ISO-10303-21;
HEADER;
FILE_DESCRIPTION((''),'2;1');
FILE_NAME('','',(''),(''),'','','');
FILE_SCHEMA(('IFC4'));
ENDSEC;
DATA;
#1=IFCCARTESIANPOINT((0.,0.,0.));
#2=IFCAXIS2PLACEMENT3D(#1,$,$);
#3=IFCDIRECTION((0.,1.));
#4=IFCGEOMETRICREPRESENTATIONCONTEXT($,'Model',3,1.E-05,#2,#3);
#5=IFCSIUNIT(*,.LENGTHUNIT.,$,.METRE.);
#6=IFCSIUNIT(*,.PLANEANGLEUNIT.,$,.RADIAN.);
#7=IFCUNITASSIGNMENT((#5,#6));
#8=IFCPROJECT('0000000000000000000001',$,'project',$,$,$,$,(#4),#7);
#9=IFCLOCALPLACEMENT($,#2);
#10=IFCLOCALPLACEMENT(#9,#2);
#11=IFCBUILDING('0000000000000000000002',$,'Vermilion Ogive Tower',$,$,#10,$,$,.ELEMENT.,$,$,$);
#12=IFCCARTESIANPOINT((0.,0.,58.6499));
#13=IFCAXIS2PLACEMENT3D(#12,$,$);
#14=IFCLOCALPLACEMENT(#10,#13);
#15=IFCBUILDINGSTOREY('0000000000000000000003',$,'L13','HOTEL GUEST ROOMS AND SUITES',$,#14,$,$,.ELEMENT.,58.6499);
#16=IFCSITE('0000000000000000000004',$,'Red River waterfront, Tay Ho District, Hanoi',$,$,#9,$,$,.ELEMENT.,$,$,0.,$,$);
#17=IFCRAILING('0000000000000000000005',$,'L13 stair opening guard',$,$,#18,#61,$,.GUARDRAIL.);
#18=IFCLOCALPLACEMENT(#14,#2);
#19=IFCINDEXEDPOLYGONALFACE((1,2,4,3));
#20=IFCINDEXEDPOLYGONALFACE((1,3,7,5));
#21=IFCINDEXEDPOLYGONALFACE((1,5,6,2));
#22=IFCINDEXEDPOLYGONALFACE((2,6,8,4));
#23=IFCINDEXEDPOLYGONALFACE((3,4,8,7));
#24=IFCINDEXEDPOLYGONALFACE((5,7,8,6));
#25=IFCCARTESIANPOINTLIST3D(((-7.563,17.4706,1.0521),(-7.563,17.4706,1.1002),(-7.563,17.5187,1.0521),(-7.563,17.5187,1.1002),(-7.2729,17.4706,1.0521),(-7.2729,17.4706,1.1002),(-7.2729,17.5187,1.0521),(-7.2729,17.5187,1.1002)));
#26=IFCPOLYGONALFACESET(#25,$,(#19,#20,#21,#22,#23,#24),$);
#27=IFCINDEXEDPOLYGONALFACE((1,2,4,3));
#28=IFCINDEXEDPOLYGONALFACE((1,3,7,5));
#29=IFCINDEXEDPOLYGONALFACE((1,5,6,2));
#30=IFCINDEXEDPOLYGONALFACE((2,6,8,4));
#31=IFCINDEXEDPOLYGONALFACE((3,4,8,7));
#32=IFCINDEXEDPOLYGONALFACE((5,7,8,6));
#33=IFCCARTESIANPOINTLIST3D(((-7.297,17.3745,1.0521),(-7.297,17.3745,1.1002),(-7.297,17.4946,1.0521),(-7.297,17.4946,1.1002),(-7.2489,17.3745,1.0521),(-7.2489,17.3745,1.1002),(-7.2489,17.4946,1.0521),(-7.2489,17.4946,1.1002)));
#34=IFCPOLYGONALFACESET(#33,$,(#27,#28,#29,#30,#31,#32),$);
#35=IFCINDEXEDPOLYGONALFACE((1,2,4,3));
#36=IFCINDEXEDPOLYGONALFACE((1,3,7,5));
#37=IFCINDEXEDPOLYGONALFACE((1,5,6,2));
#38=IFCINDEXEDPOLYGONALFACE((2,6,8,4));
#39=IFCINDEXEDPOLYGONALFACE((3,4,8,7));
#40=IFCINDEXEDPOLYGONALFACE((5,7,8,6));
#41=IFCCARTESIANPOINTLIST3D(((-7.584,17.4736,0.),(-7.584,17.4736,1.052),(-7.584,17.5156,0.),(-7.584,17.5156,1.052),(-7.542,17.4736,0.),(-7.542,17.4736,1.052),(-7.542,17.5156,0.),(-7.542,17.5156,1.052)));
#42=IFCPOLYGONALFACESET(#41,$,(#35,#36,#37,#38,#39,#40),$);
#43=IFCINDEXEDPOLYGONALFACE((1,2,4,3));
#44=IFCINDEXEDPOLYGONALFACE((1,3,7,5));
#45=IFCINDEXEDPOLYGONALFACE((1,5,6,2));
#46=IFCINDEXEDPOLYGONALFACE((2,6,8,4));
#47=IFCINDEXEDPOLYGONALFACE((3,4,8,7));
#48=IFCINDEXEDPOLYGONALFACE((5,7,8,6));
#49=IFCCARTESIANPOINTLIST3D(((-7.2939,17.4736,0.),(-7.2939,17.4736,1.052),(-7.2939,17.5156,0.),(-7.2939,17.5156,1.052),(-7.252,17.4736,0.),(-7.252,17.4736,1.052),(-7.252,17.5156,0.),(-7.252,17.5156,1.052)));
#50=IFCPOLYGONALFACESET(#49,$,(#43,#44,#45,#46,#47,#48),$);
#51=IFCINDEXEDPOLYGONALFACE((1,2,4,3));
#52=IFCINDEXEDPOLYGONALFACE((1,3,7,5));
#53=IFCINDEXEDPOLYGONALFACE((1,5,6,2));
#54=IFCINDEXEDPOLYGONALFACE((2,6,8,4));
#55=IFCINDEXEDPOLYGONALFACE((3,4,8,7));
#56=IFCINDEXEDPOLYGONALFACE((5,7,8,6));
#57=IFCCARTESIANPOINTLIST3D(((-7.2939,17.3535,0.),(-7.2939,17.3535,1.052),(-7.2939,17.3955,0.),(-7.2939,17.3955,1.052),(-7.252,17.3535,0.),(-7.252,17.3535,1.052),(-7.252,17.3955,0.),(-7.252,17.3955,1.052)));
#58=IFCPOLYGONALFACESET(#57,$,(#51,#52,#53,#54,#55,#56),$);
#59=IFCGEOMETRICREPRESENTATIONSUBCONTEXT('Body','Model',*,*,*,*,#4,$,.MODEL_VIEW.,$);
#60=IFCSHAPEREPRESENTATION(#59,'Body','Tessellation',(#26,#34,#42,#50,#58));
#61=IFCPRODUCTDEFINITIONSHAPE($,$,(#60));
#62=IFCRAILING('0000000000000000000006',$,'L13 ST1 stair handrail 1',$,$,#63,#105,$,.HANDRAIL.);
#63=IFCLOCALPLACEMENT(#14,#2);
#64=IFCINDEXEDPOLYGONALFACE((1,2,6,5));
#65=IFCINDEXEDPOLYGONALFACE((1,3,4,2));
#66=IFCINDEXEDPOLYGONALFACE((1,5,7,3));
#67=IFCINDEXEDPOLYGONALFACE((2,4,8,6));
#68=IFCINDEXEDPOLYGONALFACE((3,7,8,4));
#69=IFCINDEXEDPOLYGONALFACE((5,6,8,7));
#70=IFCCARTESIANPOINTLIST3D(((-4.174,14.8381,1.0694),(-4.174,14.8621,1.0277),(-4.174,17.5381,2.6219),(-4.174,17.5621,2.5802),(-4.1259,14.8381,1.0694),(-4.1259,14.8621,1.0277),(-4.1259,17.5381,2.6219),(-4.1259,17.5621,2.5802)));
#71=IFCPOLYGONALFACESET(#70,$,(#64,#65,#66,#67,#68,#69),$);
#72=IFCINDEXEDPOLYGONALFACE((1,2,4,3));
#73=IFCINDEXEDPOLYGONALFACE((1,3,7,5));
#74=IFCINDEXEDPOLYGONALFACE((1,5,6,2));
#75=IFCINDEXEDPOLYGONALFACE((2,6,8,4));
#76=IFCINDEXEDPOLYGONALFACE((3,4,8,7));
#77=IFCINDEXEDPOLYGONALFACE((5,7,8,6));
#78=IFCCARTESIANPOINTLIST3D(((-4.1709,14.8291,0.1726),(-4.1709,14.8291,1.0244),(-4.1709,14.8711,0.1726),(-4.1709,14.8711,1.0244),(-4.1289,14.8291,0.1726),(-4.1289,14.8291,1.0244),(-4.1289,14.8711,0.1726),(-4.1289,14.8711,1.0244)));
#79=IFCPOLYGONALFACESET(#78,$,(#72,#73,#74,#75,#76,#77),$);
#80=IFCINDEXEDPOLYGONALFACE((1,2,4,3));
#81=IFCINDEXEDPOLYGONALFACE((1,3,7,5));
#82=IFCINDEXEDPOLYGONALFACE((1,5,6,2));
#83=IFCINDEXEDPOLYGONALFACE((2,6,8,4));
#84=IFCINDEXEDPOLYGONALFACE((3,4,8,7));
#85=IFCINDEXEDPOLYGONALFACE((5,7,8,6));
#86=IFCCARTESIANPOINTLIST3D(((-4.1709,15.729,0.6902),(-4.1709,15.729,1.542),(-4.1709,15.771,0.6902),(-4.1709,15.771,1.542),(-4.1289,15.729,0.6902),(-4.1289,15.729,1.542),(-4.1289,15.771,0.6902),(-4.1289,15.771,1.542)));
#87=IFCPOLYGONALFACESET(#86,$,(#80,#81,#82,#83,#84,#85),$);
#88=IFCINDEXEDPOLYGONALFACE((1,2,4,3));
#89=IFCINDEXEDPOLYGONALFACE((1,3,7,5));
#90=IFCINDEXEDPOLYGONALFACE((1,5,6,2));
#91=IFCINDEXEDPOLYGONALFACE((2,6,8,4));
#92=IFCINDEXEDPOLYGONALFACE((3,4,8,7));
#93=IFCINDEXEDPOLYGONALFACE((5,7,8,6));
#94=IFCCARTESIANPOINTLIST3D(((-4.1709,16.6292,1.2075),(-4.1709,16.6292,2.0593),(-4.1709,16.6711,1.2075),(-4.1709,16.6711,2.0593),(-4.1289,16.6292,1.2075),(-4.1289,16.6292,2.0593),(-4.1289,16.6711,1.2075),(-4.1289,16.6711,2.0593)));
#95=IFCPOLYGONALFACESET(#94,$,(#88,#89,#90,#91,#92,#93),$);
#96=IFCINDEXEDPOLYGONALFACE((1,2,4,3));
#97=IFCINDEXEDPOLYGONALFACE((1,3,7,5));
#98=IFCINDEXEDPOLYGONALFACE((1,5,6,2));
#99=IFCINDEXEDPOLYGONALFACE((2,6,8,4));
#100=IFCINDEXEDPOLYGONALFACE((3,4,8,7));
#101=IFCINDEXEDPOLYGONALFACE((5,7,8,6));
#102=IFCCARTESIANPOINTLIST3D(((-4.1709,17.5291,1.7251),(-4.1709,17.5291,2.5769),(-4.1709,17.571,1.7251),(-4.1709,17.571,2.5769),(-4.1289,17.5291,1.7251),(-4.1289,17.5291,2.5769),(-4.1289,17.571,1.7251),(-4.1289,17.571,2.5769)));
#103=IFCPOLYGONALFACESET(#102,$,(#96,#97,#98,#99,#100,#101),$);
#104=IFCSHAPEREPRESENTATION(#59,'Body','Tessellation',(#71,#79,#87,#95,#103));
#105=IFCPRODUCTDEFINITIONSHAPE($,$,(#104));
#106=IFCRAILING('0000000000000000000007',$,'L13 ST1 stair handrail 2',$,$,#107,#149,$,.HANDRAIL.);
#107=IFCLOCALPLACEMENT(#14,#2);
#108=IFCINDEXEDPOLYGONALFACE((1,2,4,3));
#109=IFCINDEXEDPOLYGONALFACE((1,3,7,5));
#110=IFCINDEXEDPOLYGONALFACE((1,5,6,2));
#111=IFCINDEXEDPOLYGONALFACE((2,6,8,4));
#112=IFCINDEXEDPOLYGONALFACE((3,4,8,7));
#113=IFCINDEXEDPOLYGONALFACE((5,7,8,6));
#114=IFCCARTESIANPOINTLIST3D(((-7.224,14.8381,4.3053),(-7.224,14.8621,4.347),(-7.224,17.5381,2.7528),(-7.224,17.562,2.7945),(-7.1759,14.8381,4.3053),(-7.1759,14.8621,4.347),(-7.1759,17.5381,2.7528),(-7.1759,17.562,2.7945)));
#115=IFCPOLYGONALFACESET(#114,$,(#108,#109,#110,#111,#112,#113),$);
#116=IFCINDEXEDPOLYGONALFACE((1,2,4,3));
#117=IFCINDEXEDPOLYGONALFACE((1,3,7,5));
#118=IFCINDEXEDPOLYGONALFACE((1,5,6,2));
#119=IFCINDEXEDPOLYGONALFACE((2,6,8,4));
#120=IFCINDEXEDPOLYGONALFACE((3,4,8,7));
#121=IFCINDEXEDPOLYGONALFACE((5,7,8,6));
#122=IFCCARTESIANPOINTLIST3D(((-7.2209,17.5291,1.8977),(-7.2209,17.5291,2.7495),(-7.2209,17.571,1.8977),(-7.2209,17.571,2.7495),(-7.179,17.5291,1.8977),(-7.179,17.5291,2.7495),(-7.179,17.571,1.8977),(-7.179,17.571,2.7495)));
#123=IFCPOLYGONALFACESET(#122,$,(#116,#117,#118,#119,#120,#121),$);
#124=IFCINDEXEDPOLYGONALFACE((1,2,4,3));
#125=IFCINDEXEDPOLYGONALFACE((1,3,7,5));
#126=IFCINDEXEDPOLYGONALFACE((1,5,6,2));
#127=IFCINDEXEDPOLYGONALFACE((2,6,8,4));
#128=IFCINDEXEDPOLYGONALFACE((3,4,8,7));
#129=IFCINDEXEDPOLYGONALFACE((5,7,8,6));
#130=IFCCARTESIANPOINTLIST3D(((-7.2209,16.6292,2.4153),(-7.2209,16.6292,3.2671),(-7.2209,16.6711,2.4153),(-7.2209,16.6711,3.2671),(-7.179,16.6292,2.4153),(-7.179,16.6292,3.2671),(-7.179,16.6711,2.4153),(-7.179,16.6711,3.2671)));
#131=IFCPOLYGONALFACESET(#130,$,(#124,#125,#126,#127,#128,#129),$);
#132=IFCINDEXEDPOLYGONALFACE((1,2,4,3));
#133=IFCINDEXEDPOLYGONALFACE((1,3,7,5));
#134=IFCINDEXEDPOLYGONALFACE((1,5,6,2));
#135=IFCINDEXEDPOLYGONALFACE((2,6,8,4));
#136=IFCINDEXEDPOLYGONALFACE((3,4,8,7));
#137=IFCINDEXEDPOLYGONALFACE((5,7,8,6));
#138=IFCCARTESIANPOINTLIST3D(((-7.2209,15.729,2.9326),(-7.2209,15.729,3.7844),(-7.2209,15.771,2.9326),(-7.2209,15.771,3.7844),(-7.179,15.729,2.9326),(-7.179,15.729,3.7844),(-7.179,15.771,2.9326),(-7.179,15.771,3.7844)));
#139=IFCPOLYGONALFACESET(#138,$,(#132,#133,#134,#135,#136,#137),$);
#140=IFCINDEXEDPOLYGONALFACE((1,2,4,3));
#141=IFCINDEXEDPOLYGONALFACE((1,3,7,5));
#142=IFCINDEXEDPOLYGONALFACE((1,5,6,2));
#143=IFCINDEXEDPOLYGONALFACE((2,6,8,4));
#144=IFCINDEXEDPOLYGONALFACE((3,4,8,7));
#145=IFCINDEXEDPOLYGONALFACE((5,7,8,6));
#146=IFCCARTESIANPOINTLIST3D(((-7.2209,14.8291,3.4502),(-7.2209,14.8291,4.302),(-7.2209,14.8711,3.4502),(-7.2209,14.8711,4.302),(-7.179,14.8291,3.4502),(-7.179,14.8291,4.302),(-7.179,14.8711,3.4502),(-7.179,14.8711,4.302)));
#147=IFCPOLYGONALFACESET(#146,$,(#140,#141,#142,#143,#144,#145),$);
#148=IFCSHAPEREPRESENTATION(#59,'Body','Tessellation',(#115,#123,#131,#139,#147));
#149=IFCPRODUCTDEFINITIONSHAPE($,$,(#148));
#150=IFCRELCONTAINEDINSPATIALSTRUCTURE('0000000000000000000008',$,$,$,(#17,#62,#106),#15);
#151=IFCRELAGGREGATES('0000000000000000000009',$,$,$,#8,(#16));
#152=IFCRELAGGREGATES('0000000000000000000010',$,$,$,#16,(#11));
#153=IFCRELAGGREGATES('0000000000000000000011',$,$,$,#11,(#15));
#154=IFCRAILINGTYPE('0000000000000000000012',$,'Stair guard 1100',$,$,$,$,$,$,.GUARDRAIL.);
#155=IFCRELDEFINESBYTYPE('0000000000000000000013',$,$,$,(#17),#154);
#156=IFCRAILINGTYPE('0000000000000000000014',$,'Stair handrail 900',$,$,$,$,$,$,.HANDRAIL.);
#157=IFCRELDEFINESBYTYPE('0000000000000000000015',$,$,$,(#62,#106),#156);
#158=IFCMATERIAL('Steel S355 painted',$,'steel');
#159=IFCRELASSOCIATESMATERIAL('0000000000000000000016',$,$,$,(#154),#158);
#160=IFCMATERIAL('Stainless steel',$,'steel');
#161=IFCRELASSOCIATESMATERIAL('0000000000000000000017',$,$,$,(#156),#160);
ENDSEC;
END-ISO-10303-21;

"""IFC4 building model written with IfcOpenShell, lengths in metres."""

from ifc_helpers import new_model, si_unit, direction, frame, origin, origin_2d, place, context, subcontext, project, spatial, rectangle, extrude, material, type_object, element, save


model = new_model("IFC4")

# Units and contexts
model_context = context("Model", 3, precision=1e-05, world=origin(), true_north=direction((0.0, 1.0)))
body_context = subcontext(model_context, "Body", "Model", "MODEL_VIEW")
ifc_project = project(units=[si_unit("LENGTHUNIT", "METRE"), si_unit("PLANEANGLEUNIT", "RADIAN")], contexts=[model_context])

# Site, building, storey
site_placement = place(None, origin())
site = spatial("IfcSite", under=ifc_project, at=site_placement, Name="Red River waterfront, Tay Ho District, Hanoi", CompositionType="ELEMENT", RefElevation=0.0)
building_placement = place(site_placement, origin())
building = spatial("IfcBuilding", under=site, at=building_placement, Name="Vermilion Ogive Tower", CompositionType="ELEMENT")
storey_placement = place(building_placement, frame((0.0, 0.0, 58.6499)))
storey = spatial("IfcBuildingStorey", under=building, at=storey_placement, Name="L13", Description="HOTEL GUEST ROOMS AND SUITES", CompositionType="ELEMENT", Elevation=58.6499)

# Railings
ifc_material_1 = material(Name="Steel S355 painted", Category="steel")
railing_type_1 = type_object("IfcRailingType", Name="Stair guard 1100", PredefinedType="GUARDRAIL", material=ifc_material_1)
railing_1_placement = place(storey_placement, frame((-7.563, 17.4946, 0.0)))
element("IfcRailing", 1, at=railing_1_placement, inside=storey, type_object=railing_type_1, Name="L13 stair opening guard", PredefinedType="GUARDRAIL", context=body_context, shape_type="SweptSolid", body=[
    extrude(rectangle(XDim=0.0481, YDim=0.0481, at=origin_2d()), frame((0.0, 0.0, 1.0762), z_axis=(1.0, 0.0, 0.0), x_axis=(0.0, 1.0, 0.0)), (0.0, 0.0, 1.0), 0.29),
    extrude(rectangle(XDim=0.0481, YDim=0.0481, at=origin_2d()), frame((0.29, 0.0, 1.0762), z_axis=(0.0, -1.0, 0.0), x_axis=(1.0, 0.0, 0.0)), (0.0, 0.0, 1.0), 0.1201),
    extrude(rectangle(XDim=0.042, YDim=0.042, at=origin_2d()), origin(), (0.0, 0.0, 1.0), 1.052),
    extrude(rectangle(XDim=0.042, YDim=0.042, at=origin_2d()), frame((0.29, 0.0, 0.0)), (0.0, 0.0, 1.0), 1.052),
    extrude(rectangle(XDim=0.042, YDim=0.042, at=origin_2d()), frame((0.29, -0.1201, 0.0)), (0.0, 0.0, 1.0), 1.052),
])
ifc_material_2 = material(Name="Stainless steel", Category="steel")
railing_type_2 = type_object("IfcRailingType", Name="Stair handrail 900", PredefinedType="HANDRAIL", material=ifc_material_2)
railing_2_placement = place(storey_placement, frame((-4.1499, 14.8501, 0.1726)))
element("IfcRailing", 2, at=railing_2_placement, inside=storey, type_object=railing_type_2, Name="L13 ST1 stair handrail 1", PredefinedType="HANDRAIL", context=body_context, shape_type="SweptSolid", body=[
    extrude(rectangle(XDim=0.0481, YDim=0.0481, at=origin_2d()), frame((0.0, 0.0, 0.876), z_axis=(0.0, 0.866904, 0.498476), x_axis=(-1.0, 0.0, 0.0)), (0.0, 0.0, 1.0), 3.1145),
    extrude(rectangle(XDim=0.042, YDim=0.042, at=origin_2d()), origin(), (0.0, 0.0, 1.0), 0.8518),
    extrude(rectangle(XDim=0.042, YDim=0.042, at=origin_2d()), frame((0.0, 0.8999, 0.5176)), (0.0, 0.0, 1.0), 0.8518),
    extrude(rectangle(XDim=0.042, YDim=0.042, at=origin_2d()), frame((0.0, 1.8, 1.0349)), (0.0, 0.0, 1.0), 0.8518),
    extrude(rectangle(XDim=0.042, YDim=0.042, at=origin_2d()), frame((0.0, 2.7, 1.5525)), (0.0, 0.0, 1.0), 0.8518),
])
railing_3_placement = place(storey_placement, frame((-7.2, 17.55, 1.8977)))
element("IfcRailing", 3, at=railing_3_placement, inside=storey, type_object=railing_type_2, Name="L13 ST1 stair handrail 2", PredefinedType="HANDRAIL", context=body_context, shape_type="SweptSolid", body=[
    extrude(rectangle(XDim=0.0481, YDim=0.0481, at=origin_2d()), frame((0.0, 0.0, 0.876), z_axis=(0.0, -0.866904, 0.498476), x_axis=(1.0, 0.0, 0.0)), (0.0, 0.0, 1.0), 3.1145),
    extrude(rectangle(XDim=0.042, YDim=0.042, at=origin_2d()), origin(), (0.0, 0.0, 1.0), 0.8518),
    extrude(rectangle(XDim=0.042, YDim=0.042, at=origin_2d()), frame((0.0, -0.8999, 0.5176)), (0.0, 0.0, 1.0), 0.8518),
    extrude(rectangle(XDim=0.042, YDim=0.042, at=origin_2d()), frame((0.0, -1.8, 1.0349)), (0.0, 0.0, 1.0), 0.8518),
    extrude(rectangle(XDim=0.042, YDim=0.042, at=origin_2d()), frame((0.0, -2.7, 1.5525)), (0.0, 0.0, 1.0), 0.8518),
])

save(model, "model.ifc")
